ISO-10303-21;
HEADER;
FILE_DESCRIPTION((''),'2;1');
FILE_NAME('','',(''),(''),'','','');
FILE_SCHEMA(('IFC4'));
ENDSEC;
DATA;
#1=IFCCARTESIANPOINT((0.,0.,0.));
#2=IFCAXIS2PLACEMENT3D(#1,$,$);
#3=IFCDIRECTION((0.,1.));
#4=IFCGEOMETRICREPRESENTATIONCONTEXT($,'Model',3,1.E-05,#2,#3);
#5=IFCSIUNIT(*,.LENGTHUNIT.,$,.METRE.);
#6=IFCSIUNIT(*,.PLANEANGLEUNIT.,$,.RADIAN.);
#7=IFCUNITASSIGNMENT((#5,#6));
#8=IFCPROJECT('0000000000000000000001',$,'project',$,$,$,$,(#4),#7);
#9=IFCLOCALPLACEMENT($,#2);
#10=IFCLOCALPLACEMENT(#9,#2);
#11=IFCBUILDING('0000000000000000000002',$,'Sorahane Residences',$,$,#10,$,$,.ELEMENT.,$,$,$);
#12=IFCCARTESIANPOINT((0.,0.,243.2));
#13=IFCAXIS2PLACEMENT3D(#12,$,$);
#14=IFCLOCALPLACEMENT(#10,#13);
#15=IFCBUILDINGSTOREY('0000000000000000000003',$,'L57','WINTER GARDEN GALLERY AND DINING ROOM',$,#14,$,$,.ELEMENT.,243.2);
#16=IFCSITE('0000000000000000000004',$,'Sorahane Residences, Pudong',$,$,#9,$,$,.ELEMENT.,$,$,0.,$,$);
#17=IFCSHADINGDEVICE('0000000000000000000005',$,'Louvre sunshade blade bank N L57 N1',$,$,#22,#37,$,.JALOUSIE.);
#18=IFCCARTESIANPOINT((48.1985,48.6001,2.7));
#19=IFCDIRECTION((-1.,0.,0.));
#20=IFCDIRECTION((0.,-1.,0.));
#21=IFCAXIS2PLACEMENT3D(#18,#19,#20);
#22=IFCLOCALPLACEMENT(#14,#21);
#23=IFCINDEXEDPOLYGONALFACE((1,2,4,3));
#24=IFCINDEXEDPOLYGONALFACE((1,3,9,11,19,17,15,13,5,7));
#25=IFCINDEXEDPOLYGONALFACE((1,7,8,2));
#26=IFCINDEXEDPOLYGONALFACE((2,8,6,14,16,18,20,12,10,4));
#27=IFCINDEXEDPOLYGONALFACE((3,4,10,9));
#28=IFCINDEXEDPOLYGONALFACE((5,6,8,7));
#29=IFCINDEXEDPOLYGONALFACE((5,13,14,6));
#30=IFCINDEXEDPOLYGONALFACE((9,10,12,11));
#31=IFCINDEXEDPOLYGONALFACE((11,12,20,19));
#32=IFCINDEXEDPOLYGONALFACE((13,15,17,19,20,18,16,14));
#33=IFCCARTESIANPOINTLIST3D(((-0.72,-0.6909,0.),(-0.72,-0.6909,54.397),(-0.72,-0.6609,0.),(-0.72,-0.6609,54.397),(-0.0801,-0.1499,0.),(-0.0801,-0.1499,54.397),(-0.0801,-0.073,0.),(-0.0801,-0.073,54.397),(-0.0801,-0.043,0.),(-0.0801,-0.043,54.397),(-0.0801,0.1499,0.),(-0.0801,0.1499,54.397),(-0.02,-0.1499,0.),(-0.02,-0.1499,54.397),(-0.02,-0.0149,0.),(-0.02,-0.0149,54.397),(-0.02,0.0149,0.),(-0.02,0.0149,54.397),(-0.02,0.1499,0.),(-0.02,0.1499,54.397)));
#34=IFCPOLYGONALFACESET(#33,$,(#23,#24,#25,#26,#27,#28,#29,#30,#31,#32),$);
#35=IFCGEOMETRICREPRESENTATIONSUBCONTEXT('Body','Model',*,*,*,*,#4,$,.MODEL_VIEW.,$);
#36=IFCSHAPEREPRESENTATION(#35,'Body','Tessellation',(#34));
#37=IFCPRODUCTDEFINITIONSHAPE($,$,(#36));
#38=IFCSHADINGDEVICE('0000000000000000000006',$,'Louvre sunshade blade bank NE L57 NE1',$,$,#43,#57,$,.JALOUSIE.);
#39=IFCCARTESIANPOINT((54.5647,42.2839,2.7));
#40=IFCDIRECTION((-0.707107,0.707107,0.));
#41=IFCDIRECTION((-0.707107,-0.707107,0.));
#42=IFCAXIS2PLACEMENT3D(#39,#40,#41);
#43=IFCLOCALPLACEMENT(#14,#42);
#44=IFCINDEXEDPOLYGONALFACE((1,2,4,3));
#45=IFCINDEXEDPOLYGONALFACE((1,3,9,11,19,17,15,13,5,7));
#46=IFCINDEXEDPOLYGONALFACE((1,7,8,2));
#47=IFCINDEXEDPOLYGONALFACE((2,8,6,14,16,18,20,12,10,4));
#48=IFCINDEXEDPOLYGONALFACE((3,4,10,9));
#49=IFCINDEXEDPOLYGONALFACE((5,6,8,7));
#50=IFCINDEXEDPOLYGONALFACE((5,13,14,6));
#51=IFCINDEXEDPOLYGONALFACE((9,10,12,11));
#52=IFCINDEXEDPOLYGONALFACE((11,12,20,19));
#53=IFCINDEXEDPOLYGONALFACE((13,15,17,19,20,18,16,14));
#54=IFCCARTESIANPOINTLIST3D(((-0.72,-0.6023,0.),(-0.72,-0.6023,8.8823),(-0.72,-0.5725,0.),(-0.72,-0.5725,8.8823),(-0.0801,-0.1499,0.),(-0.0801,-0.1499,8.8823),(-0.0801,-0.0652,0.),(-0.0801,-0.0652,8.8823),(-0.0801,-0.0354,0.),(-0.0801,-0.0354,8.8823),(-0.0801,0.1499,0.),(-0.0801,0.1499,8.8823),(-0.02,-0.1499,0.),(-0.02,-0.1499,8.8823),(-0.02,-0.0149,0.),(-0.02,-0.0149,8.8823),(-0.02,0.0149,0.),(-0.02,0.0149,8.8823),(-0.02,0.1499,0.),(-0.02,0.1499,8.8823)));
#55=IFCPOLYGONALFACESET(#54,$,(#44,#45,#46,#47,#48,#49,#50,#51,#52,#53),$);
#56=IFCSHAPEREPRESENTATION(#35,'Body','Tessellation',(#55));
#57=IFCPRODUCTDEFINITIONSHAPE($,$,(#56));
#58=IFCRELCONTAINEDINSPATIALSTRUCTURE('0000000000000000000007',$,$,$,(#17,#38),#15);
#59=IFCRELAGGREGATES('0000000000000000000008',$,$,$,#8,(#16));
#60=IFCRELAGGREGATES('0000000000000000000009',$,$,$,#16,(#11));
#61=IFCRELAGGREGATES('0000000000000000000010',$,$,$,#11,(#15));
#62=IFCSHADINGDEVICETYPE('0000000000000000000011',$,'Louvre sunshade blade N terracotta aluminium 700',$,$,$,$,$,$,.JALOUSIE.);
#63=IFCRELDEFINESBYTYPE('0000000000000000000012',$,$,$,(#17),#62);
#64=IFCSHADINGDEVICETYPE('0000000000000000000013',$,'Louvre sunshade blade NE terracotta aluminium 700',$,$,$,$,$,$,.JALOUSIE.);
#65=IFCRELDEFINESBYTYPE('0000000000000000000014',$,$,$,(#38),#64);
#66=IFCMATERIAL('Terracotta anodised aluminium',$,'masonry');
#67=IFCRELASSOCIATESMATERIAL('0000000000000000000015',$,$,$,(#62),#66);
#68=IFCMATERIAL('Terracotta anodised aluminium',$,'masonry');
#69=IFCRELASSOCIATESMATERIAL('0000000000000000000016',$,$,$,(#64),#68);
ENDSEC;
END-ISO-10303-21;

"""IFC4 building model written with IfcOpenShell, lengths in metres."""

from ifc_helpers import new_model, si_unit, direction, frame, origin, place, context, subcontext, project, spatial, polyline, outline, extrude, material, type_object, element, save


model = new_model("IFC4")

# Units and contexts
model_context = context("Model", 3, precision=1e-05, world=origin(), true_north=direction((0.0, 1.0)))
body_context = subcontext(model_context, "Body", "Model", "MODEL_VIEW")
ifc_project = project(units=[si_unit("LENGTHUNIT", "METRE"), si_unit("PLANEANGLEUNIT", "RADIAN")], contexts=[model_context])

# Site, building, storey
site_placement = place(None, origin())
site = spatial("IfcSite", under=ifc_project, at=site_placement, Name="Sorahane Residences, Pudong", CompositionType="ELEMENT", RefElevation=0.0)
building_placement = place(site_placement, origin())
building = spatial("IfcBuilding", under=site, at=building_placement, Name="Sorahane Residences", CompositionType="ELEMENT")
storey_placement = place(building_placement, frame((0.0, 0.0, 243.2)))
storey = spatial("IfcBuildingStorey", under=building, at=storey_placement, Name="L57", Description="WINTER GARDEN GALLERY AND DINING ROOM", CompositionType="ELEMENT", Elevation=243.2)

# Shading devices
ifc_material_1 = material(Name="Terracotta anodised aluminium", Category="masonry")
shading_device_type_1 = type_object("IfcShadingDeviceType", Name="Louvre sunshade blade N terracotta aluminium 700", PredefinedType="JALOUSIE", material=ifc_material_1)
shading_device_1_placement = place(storey_placement, frame((48.1985, 48.6001, 2.7), z_axis=(-1.0, 0.0, 0.0), x_axis=(0.0, -1.0, 0.0)))
element("IfcShadingDevice", 1, at=shading_device_1_placement, inside=storey, type_object=shading_device_type_1, Name="Louvre sunshade blade bank N L57 N1", PredefinedType="JALOUSIE", context=body_context, shape_type="SweptSolid", body=[
    extrude(outline(polyline([(-0.72, -0.6609), (-0.72, -0.6909), (-0.0801, -0.073), (-0.0801, -0.1499), (-0.02, -0.1499), (-0.02, -0.0149), (-0.02, 0.0149), (-0.02, 0.1499), (-0.0801, 0.1499), (-0.0801, -0.043), (-0.72, -0.6609)])), origin(), (0.0, 0.0, 1.0), 54.397),
])
ifc_material_2 = material(Name="Terracotta anodised aluminium", Category="masonry")
shading_device_type_2 = type_object("IfcShadingDeviceType", Name="Louvre sunshade blade NE terracotta aluminium 700", PredefinedType="JALOUSIE", material=ifc_material_2)
shading_device_2_placement = place(storey_placement, frame((54.5647, 42.2839, 2.7), z_axis=(-0.707107, 0.707107, 0.0), x_axis=(-0.707107, -0.707107, 0.0)))
element("IfcShadingDevice", 2, at=shading_device_2_placement, inside=storey, type_object=shading_device_type_2, Name="Louvre sunshade blade bank NE L57 NE1", PredefinedType="JALOUSIE", context=body_context, shape_type="SweptSolid", body=[
    extrude(outline(polyline([(-0.72, -0.5725), (-0.72, -0.6023), (-0.0801, -0.0652), (-0.0801, -0.1499), (-0.02, -0.1499), (-0.02, -0.0149), (-0.02, 0.0149), (-0.02, 0.1499), (-0.0801, 0.1499), (-0.0801, -0.0354), (-0.72, -0.5725)])), origin(), (0.0, 0.0, 1.0), 8.8823),
])

save(model, "model.ifc")
